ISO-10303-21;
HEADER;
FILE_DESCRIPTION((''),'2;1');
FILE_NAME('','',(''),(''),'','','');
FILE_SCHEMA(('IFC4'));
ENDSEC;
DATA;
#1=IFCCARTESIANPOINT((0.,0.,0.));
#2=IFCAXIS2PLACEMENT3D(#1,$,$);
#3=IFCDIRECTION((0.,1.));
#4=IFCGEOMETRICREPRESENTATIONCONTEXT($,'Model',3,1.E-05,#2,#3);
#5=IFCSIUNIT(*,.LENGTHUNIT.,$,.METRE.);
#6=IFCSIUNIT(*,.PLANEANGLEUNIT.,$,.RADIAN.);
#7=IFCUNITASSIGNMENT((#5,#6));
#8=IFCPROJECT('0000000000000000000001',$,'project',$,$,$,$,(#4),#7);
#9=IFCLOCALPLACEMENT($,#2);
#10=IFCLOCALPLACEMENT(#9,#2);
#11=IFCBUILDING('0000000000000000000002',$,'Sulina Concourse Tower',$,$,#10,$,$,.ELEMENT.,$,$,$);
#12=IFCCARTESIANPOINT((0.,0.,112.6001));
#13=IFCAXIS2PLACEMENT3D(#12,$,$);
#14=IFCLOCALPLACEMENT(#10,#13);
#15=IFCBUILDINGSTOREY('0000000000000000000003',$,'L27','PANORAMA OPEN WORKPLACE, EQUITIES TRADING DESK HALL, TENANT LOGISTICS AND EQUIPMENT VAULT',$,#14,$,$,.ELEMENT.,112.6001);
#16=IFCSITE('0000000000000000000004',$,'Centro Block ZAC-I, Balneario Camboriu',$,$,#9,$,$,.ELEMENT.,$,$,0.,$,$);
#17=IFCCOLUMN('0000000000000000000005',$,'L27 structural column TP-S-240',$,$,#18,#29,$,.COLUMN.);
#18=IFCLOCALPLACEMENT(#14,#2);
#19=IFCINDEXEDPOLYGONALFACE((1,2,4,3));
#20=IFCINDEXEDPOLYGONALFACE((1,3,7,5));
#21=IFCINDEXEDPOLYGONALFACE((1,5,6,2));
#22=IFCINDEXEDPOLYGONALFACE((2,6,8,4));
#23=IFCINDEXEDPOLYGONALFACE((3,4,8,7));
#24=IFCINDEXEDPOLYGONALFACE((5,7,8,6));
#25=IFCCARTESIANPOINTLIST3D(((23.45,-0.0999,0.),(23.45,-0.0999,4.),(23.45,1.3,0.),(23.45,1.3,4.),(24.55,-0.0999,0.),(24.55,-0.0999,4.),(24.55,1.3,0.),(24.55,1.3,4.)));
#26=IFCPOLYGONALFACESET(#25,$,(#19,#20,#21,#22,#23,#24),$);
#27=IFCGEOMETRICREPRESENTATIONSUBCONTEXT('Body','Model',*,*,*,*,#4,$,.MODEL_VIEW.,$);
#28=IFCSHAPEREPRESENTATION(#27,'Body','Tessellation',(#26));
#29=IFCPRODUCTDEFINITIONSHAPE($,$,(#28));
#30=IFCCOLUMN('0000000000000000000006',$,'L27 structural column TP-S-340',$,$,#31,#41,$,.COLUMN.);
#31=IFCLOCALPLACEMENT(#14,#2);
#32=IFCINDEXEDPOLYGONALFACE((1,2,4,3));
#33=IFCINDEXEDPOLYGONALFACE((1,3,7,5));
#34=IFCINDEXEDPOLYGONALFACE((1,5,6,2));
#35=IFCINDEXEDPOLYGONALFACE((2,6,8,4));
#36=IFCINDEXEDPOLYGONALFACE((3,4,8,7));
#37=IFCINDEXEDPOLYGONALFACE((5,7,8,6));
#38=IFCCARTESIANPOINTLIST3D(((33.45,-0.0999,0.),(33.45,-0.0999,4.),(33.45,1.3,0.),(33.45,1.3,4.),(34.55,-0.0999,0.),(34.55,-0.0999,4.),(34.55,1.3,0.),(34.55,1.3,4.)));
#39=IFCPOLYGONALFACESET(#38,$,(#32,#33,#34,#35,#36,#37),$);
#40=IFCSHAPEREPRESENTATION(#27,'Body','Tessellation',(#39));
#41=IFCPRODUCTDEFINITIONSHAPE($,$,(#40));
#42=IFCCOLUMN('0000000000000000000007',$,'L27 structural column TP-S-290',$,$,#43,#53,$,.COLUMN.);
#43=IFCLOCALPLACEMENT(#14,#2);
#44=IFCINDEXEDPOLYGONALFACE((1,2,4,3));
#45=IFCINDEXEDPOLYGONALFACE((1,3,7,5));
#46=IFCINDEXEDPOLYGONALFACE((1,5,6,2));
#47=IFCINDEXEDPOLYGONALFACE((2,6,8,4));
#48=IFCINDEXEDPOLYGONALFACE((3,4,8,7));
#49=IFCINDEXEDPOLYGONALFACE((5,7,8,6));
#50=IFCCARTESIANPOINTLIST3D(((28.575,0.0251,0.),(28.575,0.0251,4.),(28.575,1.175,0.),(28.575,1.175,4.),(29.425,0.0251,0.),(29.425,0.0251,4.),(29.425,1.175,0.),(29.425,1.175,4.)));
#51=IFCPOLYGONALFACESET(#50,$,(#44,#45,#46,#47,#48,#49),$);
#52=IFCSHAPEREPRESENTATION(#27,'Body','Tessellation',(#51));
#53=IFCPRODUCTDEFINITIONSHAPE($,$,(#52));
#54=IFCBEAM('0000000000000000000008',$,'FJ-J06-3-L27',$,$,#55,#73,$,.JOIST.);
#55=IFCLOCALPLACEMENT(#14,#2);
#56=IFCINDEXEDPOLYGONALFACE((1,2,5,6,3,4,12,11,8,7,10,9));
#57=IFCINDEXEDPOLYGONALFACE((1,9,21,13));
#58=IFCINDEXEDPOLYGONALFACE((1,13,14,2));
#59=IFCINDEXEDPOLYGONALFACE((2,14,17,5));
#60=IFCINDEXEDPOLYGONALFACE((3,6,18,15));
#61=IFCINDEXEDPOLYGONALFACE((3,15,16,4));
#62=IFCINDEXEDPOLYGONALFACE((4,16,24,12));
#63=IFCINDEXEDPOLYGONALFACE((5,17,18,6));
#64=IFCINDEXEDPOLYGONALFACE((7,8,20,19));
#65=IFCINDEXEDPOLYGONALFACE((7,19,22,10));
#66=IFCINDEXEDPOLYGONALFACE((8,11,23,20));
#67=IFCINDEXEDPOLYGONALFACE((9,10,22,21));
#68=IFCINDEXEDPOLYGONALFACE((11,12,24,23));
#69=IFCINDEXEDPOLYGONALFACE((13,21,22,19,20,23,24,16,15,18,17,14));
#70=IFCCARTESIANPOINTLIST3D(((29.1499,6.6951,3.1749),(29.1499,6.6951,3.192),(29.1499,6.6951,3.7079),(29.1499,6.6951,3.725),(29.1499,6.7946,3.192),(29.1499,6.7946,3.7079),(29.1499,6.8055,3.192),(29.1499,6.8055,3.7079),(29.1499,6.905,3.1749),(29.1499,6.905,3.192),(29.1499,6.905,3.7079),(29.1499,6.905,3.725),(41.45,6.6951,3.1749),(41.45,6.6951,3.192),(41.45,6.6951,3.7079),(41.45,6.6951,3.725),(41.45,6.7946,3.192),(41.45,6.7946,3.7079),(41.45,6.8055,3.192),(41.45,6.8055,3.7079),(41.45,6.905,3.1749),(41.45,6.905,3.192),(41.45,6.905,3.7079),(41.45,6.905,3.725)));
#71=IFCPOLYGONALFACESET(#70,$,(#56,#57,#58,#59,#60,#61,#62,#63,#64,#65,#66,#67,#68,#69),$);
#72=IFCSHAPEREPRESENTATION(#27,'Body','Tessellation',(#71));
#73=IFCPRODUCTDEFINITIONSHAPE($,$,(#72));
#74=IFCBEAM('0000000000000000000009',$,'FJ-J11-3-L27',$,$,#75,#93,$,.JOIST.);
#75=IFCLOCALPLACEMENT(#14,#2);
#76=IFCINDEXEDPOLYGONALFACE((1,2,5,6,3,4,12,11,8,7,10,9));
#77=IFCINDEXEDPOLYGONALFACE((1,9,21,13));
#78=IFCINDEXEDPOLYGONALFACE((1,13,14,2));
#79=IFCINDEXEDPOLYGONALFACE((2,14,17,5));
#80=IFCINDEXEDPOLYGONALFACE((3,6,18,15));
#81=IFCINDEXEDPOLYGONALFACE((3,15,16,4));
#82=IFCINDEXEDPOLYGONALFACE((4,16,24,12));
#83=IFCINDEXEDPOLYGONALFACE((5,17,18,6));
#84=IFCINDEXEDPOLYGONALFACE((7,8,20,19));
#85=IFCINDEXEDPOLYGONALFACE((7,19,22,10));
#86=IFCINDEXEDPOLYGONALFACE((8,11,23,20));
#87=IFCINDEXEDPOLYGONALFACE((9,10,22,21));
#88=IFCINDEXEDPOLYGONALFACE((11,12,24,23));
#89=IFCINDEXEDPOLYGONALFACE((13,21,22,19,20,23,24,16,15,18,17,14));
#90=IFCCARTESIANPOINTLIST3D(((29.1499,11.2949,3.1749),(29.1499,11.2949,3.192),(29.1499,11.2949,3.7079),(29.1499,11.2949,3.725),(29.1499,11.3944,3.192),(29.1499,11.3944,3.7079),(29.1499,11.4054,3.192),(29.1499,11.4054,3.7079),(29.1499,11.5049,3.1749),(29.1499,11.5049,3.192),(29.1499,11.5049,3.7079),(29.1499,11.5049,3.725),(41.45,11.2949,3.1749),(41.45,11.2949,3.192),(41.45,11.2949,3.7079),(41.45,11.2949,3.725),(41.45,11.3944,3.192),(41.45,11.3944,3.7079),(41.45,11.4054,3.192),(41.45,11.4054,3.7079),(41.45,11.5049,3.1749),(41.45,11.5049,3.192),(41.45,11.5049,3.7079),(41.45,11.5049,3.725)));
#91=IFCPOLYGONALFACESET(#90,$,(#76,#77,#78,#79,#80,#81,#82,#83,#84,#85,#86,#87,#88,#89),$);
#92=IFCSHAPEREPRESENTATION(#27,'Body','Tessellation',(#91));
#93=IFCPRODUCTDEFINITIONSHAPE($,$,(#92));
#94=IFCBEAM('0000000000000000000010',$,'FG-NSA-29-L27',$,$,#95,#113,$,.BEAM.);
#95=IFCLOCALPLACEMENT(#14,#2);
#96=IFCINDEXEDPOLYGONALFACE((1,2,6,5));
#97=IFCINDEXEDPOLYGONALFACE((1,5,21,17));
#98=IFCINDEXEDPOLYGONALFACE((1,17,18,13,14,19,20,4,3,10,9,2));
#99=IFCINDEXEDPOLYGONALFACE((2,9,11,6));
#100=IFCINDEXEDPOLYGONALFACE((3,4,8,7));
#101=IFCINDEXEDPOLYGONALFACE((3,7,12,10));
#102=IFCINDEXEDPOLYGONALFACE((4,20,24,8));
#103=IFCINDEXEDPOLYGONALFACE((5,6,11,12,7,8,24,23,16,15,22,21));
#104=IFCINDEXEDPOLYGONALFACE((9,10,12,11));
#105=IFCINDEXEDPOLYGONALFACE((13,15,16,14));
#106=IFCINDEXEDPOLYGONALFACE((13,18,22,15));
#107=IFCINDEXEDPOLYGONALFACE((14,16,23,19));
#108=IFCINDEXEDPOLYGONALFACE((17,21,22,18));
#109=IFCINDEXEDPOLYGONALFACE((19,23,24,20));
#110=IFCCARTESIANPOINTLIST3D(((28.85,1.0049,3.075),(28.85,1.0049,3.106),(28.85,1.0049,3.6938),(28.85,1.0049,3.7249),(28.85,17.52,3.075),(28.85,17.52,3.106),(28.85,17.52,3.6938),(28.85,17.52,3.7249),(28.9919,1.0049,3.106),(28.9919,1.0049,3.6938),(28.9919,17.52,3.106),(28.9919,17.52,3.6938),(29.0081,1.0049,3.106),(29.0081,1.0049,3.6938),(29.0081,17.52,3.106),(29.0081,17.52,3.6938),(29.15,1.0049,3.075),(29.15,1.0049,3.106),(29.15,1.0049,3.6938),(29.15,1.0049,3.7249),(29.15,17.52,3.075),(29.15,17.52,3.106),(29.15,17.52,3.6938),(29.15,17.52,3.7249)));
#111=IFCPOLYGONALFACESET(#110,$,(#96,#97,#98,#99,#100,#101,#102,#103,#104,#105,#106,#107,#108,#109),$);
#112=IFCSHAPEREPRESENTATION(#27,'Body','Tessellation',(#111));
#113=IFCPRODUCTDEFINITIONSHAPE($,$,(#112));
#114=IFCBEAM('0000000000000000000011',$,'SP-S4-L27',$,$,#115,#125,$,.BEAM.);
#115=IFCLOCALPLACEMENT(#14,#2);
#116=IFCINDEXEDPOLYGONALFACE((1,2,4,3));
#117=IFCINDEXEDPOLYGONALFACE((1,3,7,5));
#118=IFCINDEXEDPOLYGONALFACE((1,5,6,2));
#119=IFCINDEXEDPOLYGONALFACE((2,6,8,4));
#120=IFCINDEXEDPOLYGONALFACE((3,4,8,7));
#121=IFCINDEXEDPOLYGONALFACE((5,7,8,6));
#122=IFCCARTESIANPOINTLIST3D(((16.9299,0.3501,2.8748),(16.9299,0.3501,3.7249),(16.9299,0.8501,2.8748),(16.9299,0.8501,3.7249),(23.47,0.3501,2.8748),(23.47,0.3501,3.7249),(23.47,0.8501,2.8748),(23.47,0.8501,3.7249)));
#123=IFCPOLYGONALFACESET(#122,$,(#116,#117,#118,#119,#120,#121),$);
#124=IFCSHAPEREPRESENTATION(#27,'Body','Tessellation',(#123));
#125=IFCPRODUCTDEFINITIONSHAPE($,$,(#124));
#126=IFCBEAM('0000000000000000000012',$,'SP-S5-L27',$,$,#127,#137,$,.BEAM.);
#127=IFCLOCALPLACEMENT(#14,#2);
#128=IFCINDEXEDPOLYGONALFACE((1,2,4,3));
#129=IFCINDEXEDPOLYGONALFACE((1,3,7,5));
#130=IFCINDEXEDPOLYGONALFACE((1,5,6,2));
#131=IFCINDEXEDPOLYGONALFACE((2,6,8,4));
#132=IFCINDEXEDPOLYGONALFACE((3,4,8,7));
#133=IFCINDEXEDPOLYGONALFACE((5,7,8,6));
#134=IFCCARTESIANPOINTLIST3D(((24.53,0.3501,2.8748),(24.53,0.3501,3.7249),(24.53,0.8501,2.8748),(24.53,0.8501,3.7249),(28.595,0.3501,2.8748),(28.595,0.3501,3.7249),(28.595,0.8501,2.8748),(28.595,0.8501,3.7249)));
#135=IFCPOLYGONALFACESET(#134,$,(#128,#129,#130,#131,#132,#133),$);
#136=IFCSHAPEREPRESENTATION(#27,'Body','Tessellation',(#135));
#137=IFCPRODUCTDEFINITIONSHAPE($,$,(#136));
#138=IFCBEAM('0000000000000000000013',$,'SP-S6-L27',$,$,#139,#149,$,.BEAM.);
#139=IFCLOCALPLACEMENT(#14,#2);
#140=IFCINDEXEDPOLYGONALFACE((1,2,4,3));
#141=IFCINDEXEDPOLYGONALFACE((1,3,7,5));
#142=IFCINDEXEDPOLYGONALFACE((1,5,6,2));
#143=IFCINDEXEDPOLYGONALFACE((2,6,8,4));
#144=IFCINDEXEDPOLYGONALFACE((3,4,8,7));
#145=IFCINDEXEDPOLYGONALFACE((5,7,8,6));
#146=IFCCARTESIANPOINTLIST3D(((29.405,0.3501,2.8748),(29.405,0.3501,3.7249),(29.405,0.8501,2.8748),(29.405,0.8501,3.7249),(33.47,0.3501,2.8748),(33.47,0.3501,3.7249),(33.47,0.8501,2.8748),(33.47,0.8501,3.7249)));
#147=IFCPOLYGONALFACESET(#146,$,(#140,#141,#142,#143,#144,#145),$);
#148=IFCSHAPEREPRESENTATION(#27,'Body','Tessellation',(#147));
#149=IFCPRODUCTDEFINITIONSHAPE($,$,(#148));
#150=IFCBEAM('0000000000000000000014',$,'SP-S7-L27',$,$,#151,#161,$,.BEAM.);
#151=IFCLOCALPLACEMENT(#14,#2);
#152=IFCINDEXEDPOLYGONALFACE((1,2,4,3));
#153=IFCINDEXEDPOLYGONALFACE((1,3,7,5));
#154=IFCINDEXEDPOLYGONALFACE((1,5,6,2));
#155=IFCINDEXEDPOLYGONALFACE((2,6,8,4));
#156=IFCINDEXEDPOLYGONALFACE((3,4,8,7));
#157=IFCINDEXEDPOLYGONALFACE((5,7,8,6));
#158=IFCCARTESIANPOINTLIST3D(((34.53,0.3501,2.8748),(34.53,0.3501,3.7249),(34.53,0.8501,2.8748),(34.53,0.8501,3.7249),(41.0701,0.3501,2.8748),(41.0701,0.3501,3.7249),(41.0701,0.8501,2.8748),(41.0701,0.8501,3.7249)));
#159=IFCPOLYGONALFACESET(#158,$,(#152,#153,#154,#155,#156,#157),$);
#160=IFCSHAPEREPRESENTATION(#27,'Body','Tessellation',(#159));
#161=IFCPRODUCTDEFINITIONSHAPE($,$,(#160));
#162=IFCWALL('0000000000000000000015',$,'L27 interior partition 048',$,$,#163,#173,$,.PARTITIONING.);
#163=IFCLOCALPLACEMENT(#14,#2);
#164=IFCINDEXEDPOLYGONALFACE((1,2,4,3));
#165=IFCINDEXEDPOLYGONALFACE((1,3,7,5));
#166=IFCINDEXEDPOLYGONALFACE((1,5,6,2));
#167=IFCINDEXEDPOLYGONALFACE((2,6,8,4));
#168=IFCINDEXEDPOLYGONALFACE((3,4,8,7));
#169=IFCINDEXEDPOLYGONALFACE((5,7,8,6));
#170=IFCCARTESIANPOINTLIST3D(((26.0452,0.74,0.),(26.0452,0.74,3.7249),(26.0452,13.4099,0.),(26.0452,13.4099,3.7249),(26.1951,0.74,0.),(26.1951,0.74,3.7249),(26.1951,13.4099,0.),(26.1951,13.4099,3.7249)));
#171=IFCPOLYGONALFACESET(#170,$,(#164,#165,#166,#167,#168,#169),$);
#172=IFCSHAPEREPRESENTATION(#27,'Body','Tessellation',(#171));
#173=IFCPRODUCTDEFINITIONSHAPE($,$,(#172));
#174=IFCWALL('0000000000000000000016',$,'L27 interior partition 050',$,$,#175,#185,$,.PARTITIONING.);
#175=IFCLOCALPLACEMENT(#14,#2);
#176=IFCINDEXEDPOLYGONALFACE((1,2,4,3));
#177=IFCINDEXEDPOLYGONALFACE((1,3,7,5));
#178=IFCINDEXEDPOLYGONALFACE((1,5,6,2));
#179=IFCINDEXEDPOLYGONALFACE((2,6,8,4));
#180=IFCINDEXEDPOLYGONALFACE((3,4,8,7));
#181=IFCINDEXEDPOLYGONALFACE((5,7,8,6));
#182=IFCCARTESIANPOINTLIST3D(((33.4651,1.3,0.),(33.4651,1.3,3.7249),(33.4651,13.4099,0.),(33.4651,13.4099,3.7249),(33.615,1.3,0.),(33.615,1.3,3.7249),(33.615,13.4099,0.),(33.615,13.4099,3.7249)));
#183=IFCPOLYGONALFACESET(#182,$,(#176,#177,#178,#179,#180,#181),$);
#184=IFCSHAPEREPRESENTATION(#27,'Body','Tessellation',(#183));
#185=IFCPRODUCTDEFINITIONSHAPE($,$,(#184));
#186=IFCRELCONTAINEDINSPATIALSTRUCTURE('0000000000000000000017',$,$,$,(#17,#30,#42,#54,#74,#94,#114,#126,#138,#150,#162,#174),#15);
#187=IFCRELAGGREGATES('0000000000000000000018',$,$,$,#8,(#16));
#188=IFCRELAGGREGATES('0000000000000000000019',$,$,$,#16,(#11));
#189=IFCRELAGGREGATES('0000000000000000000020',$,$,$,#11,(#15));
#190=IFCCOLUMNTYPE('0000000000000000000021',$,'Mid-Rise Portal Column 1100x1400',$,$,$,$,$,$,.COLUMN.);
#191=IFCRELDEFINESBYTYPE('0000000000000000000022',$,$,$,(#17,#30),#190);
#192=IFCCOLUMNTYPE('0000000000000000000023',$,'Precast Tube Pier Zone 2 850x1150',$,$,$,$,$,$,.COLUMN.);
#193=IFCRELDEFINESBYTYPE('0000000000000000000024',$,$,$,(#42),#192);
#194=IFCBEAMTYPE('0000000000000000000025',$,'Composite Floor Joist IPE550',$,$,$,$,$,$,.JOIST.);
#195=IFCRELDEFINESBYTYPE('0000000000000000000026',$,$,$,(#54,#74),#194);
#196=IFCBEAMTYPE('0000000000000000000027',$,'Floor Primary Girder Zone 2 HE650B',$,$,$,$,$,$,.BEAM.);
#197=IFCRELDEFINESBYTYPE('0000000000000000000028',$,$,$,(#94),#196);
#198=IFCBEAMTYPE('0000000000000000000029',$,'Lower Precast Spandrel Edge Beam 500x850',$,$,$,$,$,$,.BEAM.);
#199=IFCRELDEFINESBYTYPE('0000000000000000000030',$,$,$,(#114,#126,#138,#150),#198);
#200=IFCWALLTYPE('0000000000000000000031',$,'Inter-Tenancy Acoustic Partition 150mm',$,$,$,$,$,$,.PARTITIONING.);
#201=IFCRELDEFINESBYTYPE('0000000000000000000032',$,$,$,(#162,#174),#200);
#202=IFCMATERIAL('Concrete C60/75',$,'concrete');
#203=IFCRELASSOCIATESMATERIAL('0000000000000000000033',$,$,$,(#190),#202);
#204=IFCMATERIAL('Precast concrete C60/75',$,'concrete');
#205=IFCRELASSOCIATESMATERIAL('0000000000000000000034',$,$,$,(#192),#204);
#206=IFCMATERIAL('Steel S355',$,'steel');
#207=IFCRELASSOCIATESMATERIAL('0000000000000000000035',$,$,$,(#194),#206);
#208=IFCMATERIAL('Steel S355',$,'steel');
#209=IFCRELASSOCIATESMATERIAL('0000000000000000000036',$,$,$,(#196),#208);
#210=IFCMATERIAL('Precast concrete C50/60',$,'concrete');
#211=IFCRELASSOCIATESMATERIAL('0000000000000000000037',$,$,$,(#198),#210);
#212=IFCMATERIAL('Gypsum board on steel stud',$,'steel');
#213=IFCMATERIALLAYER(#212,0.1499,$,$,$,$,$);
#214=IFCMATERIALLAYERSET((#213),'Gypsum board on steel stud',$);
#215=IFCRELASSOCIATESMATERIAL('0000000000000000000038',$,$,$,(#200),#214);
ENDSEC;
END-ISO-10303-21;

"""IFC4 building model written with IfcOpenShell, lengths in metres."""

from ifc_helpers import new_model, si_unit, direction, frame, frame_2d, origin, origin_2d, place, context, subcontext, project, spatial, rectangle, i_section, extrude, material, layer, layer_set, material_profile, profile_set, type_object, element, save


model = new_model("IFC4")

# Units and contexts
model_context = context("Model", 3, precision=1e-05, world=origin(), true_north=direction((0.0, 1.0)))
body_context = subcontext(model_context, "Body", "Model", "MODEL_VIEW")
ifc_project = project(units=[si_unit("LENGTHUNIT", "METRE"), si_unit("PLANEANGLEUNIT", "RADIAN")], contexts=[model_context])

# Site, building, storey
site_placement = place(None, origin())
site = spatial("IfcSite", under=ifc_project, at=site_placement, Name="Centro Block ZAC-I, Balneario Camboriu", CompositionType="ELEMENT", RefElevation=0.0)
building_placement = place(site_placement, origin())
building = spatial("IfcBuilding", under=site, at=building_placement, Name="Sulina Concourse Tower", CompositionType="ELEMENT")
storey_placement = place(building_placement, frame((0.0, 0.0, 112.6001)))
storey = spatial("IfcBuildingStorey", under=building, at=storey_placement, Name="L27", Description="PANORAMA OPEN WORKPLACE, EQUITIES TRADING DESK HALL, TENANT LOGISTICS AND EQUIPMENT VAULT", CompositionType="ELEMENT", Elevation=112.6001)

# Columns
ifc_material_1 = material(Name="Concrete C60/75", Category="concrete")
ifc_material_profile_1 = material_profile(ifc_material_1, rectangle(XDim=1.1001, YDim=1.3999, at=origin_2d()), Name="RC 1100x1400")
ifc_profile_set_1 = profile_set([ifc_material_profile_1], Name="Concrete C60/75")
column_type_1 = type_object("IfcColumnType", Name="Mid-Rise Portal Column 1100x1400", PredefinedType="COLUMN", material=ifc_profile_set_1)
for number, where, z_axis, x_axis, name in (
    (1, (24.0, 0.6001, 0.0), (0.0, 0.0, 1.0), (1.0, 0.0, 0.0), "L27 structural column TP-S-240"),
    (2, (34.0, 0.6001, 0.0), (0.0, 0.0, 1.0), (1.0, 0.0, 0.0), "L27 structural column TP-S-340"),
):
    element("IfcColumn", number, at=place(storey_placement, frame(where, z_axis=z_axis, x_axis=x_axis)), inside=storey, type_object=column_type_1, Name=name, PredefinedType="COLUMN", context=body_context, shape_type="SweptSolid", body=[
        extrude(rectangle(XDim=1.1001, YDim=1.3999, at=origin_2d()), origin(), (0.0, 0.0, 1.0), 4.0),
    ])
ifc_material_2 = material(Name="Precast concrete C60/75", Category="concrete")
ifc_material_profile_2 = material_profile(ifc_material_2, rectangle(XDim=0.8501, YDim=1.1499, at=origin_2d()), Name="PC 850x1150")
ifc_profile_set_2 = profile_set([ifc_material_profile_2], Name="Precast concrete C60/75")
column_type_2 = type_object("IfcColumnType", Name="Precast Tube Pier Zone 2 850x1150", PredefinedType="COLUMN", material=ifc_profile_set_2)
column_placement = place(storey_placement, frame((29.0, 0.6001, 0.0), z_axis=(0.0, 0.0, 1.0), x_axis=(1.0, 0.0, 0.0)))
element("IfcColumn", 3, at=column_placement, inside=storey, type_object=column_type_2, Name="L27 structural column TP-S-290", PredefinedType="COLUMN", context=body_context, shape_type="SweptSolid", body=[
    extrude(rectangle(XDim=0.8501, YDim=1.1499, at=origin_2d()), origin(), (0.0, 0.0, 1.0), 4.0),
])

# Beams
ifc_material_3 = material(Name="Steel S355", Category="steel")
ifc_material_profile_3 = material_profile(ifc_material_3, i_section(OverallWidth=0.21, OverallDepth=0.55, WebThickness=0.011, FlangeThickness=0.0171, at=origin_2d()), Name="IPE 550")
ifc_profile_set_3 = profile_set([ifc_material_profile_3], Name="Steel S355")
beam_type_1 = type_object("IfcBeamType", Name="Composite Floor Joist IPE550", PredefinedType="JOIST", material=ifc_profile_set_3)
for number, where, z_axis, x_axis, name in (
    (4, (29.1499, 6.8, 3.45), (1.0, 0.0, 0.0), (0.0, 1.0, 0.0), "FJ-J06-3-L27"),
    (5, (29.1499, 11.3999, 3.45), (1.0, 0.0, 0.0), (0.0, 1.0, 0.0), "FJ-J11-3-L27"),
):
    element("IfcBeam", number, at=place(storey_placement, frame(where, z_axis=z_axis, x_axis=x_axis)), inside=storey, type_object=beam_type_1, Name=name, PredefinedType="JOIST", context=body_context, shape_type="SweptSolid", body=[
        extrude(i_section(OverallWidth=0.21, OverallDepth=0.55, WebThickness=0.011, FlangeThickness=0.0171, at=origin_2d()), origin(), (0.0, 0.0, 1.0), 12.3),
    ])
ifc_material_4 = material(Name="Steel S355", Category="steel")
ifc_material_profile_4 = material_profile(ifc_material_4, i_section(OverallWidth=0.3, OverallDepth=0.6499, WebThickness=0.0161, FlangeThickness=0.031, at=origin_2d()), Name="HE 650 B")
ifc_profile_set_4 = profile_set([ifc_material_profile_4], Name="Steel S355")
beam_type_2 = type_object("IfcBeamType", Name="Floor Primary Girder Zone 2 HE650B", PredefinedType="BEAM", material=ifc_profile_set_4)
beam_1_placement = place(storey_placement, frame((29.0, 1.0049, 3.3999), z_axis=(0.0, 1.0, 0.0), x_axis=(-1.0, 0.0, 0.0)))
element("IfcBeam", 6, at=beam_1_placement, inside=storey, type_object=beam_type_2, Name="FG-NSA-29-L27", PredefinedType="BEAM", context=body_context, shape_type="SweptSolid", body=[
    extrude(i_section(OverallWidth=0.3, OverallDepth=0.6499, WebThickness=0.0161, FlangeThickness=0.031, at=origin_2d()), origin(), (0.0, 0.0, 1.0), 16.5151),
])
ifc_material_5 = material(Name="Precast concrete C50/60", Category="concrete")
ifc_material_profile_5 = material_profile(ifc_material_5, rectangle(XDim=0.5, YDim=0.8501, at=origin_2d()), Name="RC 500x850")
ifc_profile_set_5 = profile_set([ifc_material_profile_5], Name="Precast concrete C50/60")
beam_type_3 = type_object("IfcBeamType", Name="Lower Precast Spandrel Edge Beam 500x850", PredefinedType="BEAM", material=ifc_profile_set_5)
beam_2_placement = place(storey_placement, frame((16.9299, 0.6001, 3.2998), z_axis=(1.0, 0.0, 0.0), x_axis=(0.0, 1.0, 0.0)))
element("IfcBeam", 7, at=beam_2_placement, inside=storey, type_object=beam_type_3, Name="SP-S4-L27", PredefinedType="BEAM", context=body_context, shape_type="SweptSolid", body=[
    extrude(rectangle(XDim=0.5, YDim=0.8501, at=origin_2d()), origin(), (0.0, 0.0, 1.0), 6.54),
])
for number, where, z_axis, x_axis, name in (
    (8, (24.53, 0.6001, 3.2998), (1.0, 0.0, 0.0), (0.0, 1.0, 0.0), "SP-S5-L27"),
    (9, (29.405, 0.6001, 3.2998), (1.0, 0.0, 0.0), (0.0, 1.0, 0.0), "SP-S6-L27"),
):
    element("IfcBeam", number, at=place(storey_placement, frame(where, z_axis=z_axis, x_axis=x_axis)), inside=storey, type_object=beam_type_3, Name=name, PredefinedType="BEAM", context=body_context, shape_type="SweptSolid", body=[
        extrude(rectangle(XDim=0.5, YDim=0.8501, at=origin_2d()), origin(), (0.0, 0.0, 1.0), 4.0649),
    ])
beam_3_placement = place(storey_placement, frame((34.53, 0.6001, 3.2998), z_axis=(1.0, 0.0, 0.0), x_axis=(0.0, 1.0, 0.0)))
element("IfcBeam", 10, at=beam_3_placement, inside=storey, type_object=beam_type_3, Name="SP-S7-L27", PredefinedType="BEAM", context=body_context, shape_type="SweptSolid", body=[
    extrude(rectangle(XDim=0.5, YDim=0.8501, at=origin_2d()), origin(), (0.0, 0.0, 1.0), 6.54),
])

# Walls
ifc_material_6 = material(Name="Gypsum board on steel stud", Category="steel")
ifc_layer_1 = layer(ifc_material_6, 0.1499)
ifc_layer_set_1 = layer_set([ifc_layer_1], Name="Gypsum board on steel stud")
wall_type_1 = type_object("IfcWallType", Name="Inter-Tenancy Acoustic Partition 150mm", PredefinedType="PARTITIONING", material=ifc_layer_set_1)
wall_1_placement = place(storey_placement, frame((26.1201, 0.74, 0.0), z_axis=(0.0, 0.0, 1.0), x_axis=(0.0, 1.0, 0.0)))
element("IfcWall", 11, at=wall_1_placement, inside=storey, type_object=wall_type_1, Name="L27 interior partition 048", PredefinedType="PARTITIONING", context=body_context, shape_type="SweptSolid", body=[
    extrude(rectangle(XDim=12.6699, YDim=0.1499, at=frame_2d((6.335, 0.0))), origin(), (0.0, 0.0, 1.0), 3.7249),
])
wall_2_placement = place(storey_placement, frame((33.54, 1.3, 0.0), z_axis=(0.0, 0.0, 1.0), x_axis=(0.0, 1.0, 0.0)))
element("IfcWall", 12, at=wall_2_placement, inside=storey, type_object=wall_type_1, Name="L27 interior partition 050", PredefinedType="PARTITIONING", context=body_context, shape_type="SweptSolid", body=[
    extrude(rectangle(XDim=12.1099, YDim=0.1499, at=frame_2d((6.0549, 0.0))), origin(), (0.0, 0.0, 1.0), 3.7249),
])

save(model, "model.ifc")
